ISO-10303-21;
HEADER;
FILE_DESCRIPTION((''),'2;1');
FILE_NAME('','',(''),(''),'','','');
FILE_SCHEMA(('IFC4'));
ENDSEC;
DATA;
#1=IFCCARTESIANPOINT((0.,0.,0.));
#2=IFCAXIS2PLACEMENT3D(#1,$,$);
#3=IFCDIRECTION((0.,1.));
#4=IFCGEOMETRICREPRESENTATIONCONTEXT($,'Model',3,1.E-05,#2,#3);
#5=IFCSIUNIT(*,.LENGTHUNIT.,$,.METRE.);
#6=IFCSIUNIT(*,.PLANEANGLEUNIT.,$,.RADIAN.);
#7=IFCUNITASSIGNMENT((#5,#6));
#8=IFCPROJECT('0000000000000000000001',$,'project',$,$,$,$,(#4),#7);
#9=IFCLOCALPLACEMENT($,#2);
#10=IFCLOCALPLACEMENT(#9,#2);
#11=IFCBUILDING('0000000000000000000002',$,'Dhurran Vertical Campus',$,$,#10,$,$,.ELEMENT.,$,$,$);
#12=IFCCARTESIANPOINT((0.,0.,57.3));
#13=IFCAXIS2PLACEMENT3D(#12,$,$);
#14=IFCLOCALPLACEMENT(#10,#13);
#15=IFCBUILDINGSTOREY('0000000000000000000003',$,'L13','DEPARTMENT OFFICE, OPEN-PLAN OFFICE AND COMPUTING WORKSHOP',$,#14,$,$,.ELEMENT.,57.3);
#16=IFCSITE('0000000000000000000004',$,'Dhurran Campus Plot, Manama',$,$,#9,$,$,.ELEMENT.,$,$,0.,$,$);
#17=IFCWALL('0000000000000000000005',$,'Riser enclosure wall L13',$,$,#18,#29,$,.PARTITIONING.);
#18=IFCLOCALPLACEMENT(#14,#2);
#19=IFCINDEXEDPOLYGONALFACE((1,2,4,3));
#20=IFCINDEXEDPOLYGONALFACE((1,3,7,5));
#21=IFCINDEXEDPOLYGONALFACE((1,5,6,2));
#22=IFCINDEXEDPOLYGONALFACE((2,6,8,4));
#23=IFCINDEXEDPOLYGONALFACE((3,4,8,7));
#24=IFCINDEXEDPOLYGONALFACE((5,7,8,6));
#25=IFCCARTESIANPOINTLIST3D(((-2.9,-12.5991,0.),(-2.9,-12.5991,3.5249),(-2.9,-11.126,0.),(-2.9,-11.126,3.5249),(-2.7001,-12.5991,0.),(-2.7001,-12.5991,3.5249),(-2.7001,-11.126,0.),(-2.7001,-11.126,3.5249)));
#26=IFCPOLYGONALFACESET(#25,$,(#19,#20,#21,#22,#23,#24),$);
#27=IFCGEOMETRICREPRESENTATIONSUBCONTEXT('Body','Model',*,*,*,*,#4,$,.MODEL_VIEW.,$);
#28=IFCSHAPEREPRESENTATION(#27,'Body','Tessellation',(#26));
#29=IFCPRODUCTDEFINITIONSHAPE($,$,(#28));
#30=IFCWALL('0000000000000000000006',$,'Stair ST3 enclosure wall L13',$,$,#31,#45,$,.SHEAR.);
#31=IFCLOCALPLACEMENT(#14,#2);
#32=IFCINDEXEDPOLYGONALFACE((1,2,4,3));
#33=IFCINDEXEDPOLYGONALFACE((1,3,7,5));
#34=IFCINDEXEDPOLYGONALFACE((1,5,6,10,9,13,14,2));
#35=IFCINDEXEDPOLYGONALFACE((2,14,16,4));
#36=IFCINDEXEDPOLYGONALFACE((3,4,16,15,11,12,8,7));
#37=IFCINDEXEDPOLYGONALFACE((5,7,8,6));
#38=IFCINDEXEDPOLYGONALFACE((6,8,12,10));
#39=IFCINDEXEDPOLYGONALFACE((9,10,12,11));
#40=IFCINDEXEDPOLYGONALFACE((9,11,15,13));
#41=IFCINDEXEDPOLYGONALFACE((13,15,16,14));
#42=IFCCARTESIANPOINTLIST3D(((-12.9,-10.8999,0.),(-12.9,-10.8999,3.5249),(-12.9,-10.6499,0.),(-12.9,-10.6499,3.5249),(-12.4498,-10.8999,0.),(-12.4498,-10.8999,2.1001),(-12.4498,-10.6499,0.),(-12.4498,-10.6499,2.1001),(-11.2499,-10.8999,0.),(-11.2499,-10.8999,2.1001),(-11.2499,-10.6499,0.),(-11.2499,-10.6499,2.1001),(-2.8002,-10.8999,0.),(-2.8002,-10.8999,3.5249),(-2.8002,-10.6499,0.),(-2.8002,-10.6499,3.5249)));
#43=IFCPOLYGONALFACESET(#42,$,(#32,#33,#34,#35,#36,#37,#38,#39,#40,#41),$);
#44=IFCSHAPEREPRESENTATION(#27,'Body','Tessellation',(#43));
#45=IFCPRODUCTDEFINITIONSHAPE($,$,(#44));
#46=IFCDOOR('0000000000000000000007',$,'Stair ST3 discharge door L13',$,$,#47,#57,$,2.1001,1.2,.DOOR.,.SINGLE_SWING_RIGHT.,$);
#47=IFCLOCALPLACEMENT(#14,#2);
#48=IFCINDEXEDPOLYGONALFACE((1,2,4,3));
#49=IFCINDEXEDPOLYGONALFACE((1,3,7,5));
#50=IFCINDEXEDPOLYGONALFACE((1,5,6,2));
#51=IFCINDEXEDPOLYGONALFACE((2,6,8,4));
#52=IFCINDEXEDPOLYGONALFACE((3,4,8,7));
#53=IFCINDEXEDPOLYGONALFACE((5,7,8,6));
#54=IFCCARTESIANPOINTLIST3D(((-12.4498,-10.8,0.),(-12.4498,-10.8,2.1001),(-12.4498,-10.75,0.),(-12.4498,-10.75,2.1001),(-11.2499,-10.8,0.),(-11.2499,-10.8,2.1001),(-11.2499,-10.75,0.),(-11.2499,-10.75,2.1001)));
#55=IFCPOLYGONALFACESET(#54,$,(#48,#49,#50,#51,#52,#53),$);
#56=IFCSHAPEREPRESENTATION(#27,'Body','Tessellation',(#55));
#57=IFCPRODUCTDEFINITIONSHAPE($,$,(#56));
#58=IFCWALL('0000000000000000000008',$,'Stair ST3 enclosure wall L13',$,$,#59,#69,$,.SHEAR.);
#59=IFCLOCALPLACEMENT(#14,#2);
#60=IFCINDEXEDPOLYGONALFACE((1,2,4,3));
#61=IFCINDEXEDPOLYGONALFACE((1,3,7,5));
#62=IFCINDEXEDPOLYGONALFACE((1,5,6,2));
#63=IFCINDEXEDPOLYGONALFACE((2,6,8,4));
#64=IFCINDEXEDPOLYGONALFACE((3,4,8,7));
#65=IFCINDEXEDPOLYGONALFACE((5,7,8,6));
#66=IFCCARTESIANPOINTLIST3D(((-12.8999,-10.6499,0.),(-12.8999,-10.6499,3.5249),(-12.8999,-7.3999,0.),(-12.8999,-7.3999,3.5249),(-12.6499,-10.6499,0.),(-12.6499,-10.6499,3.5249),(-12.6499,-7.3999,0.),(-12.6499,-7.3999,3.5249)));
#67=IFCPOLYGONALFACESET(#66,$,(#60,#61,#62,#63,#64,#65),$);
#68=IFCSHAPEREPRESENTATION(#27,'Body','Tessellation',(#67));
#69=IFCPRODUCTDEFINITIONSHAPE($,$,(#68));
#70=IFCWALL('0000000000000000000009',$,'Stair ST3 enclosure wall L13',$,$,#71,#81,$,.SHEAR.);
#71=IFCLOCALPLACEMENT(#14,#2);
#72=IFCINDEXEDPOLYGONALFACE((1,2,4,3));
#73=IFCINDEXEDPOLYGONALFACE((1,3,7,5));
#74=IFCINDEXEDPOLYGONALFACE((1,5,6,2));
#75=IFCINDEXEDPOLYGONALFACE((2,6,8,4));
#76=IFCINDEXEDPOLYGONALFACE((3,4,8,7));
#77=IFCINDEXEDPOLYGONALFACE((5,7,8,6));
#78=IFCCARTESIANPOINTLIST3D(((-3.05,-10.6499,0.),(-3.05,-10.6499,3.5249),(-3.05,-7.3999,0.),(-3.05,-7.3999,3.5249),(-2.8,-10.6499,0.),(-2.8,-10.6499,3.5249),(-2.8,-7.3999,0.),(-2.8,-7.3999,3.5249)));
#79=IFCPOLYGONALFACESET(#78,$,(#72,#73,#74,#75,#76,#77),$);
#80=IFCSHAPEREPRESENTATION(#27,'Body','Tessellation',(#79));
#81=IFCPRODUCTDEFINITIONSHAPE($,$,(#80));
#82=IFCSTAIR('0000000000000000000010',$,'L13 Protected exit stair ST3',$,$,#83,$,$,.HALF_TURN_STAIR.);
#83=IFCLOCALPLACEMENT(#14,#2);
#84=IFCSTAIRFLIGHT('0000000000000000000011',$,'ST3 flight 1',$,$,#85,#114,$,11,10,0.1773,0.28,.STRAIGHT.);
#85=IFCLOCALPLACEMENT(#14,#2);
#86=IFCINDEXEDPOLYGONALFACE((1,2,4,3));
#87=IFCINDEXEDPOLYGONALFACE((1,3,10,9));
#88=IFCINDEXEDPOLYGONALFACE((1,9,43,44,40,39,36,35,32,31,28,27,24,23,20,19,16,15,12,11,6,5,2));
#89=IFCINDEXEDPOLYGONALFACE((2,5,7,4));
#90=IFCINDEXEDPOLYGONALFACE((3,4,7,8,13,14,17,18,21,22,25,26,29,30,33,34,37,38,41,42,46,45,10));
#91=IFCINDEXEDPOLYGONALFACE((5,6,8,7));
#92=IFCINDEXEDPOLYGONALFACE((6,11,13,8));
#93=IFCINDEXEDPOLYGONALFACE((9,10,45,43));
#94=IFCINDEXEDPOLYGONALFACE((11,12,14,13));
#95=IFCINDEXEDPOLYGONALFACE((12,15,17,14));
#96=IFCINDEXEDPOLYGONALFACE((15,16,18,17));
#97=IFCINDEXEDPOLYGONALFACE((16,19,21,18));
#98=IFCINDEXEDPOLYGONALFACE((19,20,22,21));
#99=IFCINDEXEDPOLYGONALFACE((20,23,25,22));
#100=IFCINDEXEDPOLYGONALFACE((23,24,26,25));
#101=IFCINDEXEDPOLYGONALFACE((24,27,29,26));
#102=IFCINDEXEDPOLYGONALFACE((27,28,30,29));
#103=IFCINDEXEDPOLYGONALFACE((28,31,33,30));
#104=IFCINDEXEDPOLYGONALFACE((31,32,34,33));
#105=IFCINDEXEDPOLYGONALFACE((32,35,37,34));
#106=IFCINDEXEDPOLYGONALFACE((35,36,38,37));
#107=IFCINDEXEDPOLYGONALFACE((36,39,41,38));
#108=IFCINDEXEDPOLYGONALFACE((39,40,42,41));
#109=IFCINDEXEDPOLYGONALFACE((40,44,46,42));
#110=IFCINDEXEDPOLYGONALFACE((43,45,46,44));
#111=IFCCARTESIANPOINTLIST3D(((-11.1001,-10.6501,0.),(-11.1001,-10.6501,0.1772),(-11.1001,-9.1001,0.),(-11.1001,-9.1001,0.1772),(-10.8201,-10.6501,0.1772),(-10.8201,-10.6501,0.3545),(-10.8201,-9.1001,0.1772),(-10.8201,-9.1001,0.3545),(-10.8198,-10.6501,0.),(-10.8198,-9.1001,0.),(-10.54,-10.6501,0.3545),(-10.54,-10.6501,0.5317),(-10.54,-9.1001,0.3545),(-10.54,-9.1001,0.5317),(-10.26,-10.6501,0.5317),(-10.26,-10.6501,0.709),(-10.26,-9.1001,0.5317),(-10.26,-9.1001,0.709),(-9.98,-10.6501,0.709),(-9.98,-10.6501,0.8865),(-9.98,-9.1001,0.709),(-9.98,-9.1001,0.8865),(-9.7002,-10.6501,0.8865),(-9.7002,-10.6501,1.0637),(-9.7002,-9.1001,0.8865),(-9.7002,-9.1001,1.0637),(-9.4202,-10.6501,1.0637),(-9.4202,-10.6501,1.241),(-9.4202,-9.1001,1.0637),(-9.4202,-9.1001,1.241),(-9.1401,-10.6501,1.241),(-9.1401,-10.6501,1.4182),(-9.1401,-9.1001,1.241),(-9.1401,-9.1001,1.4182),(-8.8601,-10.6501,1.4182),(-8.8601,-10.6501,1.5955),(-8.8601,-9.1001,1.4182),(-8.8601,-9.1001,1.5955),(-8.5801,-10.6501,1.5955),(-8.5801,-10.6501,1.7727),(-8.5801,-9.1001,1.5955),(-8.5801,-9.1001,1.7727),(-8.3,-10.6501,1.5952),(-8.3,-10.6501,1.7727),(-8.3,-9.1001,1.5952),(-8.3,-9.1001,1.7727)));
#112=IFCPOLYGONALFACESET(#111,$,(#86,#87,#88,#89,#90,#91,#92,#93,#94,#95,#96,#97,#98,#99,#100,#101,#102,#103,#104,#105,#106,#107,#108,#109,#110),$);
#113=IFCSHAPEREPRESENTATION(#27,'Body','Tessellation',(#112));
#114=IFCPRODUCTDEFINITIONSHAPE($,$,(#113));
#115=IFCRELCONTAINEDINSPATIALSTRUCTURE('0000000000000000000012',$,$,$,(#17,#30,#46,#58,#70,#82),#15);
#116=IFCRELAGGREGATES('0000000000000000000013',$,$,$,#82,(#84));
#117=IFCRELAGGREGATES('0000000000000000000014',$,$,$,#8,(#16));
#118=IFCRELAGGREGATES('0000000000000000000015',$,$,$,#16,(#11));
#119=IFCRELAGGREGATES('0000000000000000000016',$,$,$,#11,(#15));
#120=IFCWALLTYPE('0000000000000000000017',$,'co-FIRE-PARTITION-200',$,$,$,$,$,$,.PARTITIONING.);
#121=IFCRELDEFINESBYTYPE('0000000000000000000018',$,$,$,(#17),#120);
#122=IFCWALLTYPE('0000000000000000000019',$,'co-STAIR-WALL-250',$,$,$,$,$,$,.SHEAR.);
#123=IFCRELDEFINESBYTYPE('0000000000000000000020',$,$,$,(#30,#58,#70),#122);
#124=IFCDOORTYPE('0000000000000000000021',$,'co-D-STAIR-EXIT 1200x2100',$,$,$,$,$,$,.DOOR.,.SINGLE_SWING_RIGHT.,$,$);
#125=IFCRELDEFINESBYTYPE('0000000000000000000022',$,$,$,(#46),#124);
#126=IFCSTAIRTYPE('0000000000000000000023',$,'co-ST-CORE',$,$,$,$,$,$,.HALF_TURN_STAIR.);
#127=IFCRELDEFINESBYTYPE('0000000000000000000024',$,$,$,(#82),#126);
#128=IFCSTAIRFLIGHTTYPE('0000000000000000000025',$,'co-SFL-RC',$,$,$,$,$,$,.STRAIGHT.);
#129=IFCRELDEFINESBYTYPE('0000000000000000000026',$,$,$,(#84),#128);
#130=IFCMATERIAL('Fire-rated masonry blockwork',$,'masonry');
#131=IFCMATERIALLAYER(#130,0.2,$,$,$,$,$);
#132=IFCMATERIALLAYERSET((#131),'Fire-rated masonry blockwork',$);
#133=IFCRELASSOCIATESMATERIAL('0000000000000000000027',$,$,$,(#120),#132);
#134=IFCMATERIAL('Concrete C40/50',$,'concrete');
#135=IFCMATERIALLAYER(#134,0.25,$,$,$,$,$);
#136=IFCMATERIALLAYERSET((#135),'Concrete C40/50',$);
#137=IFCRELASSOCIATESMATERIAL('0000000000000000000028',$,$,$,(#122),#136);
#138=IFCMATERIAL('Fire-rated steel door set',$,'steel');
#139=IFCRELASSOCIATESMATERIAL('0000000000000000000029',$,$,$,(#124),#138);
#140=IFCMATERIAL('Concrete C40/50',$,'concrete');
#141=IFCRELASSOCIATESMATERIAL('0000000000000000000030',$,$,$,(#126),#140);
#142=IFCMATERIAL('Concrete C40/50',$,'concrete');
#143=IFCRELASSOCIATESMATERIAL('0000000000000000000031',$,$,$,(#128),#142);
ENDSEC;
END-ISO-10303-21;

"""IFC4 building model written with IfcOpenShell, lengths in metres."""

from ifc_helpers import new_model, si_unit, direction, frame, frame_2d, origin, place, context, subcontext, project, spatial, polyline, rectangle, outline, extrude, material, layer, layer_set, type_object, element, fill, aggregate, save


model = new_model("IFC4")

# Units and contexts
model_context = context("Model", 3, precision=1e-05, world=origin(), true_north=direction((0.0, 1.0)))
body_context = subcontext(model_context, "Body", "Model", "MODEL_VIEW")
ifc_project = project(units=[si_unit("LENGTHUNIT", "METRE"), si_unit("PLANEANGLEUNIT", "RADIAN")], contexts=[model_context])

# Site, building, storey
site_placement = place(None, origin())
site = spatial("IfcSite", under=ifc_project, at=site_placement, Name="Dhurran Campus Plot, Manama", CompositionType="ELEMENT", RefElevation=0.0)
building_placement = place(site_placement, origin())
building = spatial("IfcBuilding", under=site, at=building_placement, Name="Dhurran Vertical Campus", CompositionType="ELEMENT")
storey_placement = place(building_placement, frame((0.0, 0.0, 57.3)))
storey = spatial("IfcBuildingStorey", under=building, at=storey_placement, Name="L13", Description="DEPARTMENT OFFICE, OPEN-PLAN OFFICE AND COMPUTING WORKSHOP", CompositionType="ELEMENT", Elevation=57.3)

# Shared definitions
ifc_material_1 = material(Name="Fire-rated masonry blockwork", Category="masonry")
ifc_layer_1 = layer(ifc_material_1, 0.2)
ifc_layer_set_1 = layer_set([ifc_layer_1], Name="Fire-rated masonry blockwork")
wall_type_1 = type_object("IfcWallType", Name="co-FIRE-PARTITION-200", PredefinedType="PARTITIONING", material=ifc_layer_set_1)

# Wall
wall_1_placement = place(storey_placement, frame((-2.8, -12.5991, 0.0), z_axis=(0.0, 0.0, 1.0), x_axis=(0.0, 1.0, 0.0)))
element("IfcWall", 1, at=wall_1_placement, inside=storey, type_object=wall_type_1, Name="Riser enclosure wall L13", PredefinedType="PARTITIONING", context=body_context, shape_type="SweptSolid", body=[
    extrude(rectangle(XDim=1.4731, YDim=0.2, at=frame_2d((0.7366, 0.0))), origin(), (0.0, 0.0, 1.0), 3.5249),
])

# Wall, opening, door
ifc_material_2 = material(Name="Concrete C40/50", Category="concrete")
ifc_layer_2 = layer(ifc_material_2, 0.25)
ifc_layer_set_2 = layer_set([ifc_layer_2], Name="Concrete C40/50")
wall_type_2 = type_object("IfcWallType", Name="co-STAIR-WALL-250", PredefinedType="SHEAR", material=ifc_layer_set_2)
wall_2_placement = place(storey_placement, frame((-12.8999, -10.7749, 0.0), z_axis=(0.0, 0.0, 1.0), x_axis=(1.0, 0.0, 0.0)))
wall_2 = element("IfcWall", 2, at=wall_2_placement, inside=storey, type_object=wall_type_2, Name="Stair ST3 enclosure wall L13", PredefinedType="SHEAR", context=body_context, shape_type="SweptSolid", body=[
    extrude(rectangle(XDim=10.0999, YDim=0.25, at=frame_2d((5.0498, 0.0))), origin(), (0.0, 0.0, 1.0), 3.5249),
])
opening_1_placement = place(wall_2_placement, frame((0.45, 0.0, 0.0)))
opening_1 = element("IfcOpeningElement", 3, at=opening_1_placement, cuts=wall_2, PredefinedType="OPENING", context=body_context, shape_type="SweptSolid", body=[
    extrude(rectangle(XDim=1.2, YDim=2.1001, at=frame_2d((0.6001, 1.05))), frame((0.0, 0.135, 0.0), z_axis=(0.0, -1.0, 0.0), x_axis=(1.0, 0.0, 0.0)), (0.0, 0.0, 1.0), 0.27),
])
ifc_material_3 = material(Name="Fire-rated steel door set", Category="steel")
door_type_1 = type_object("IfcDoorType", Name="co-D-STAIR-EXIT 1200x2100", OperationType="SINGLE_SWING_RIGHT", PredefinedType="DOOR", material=ifc_material_3)
door_1_placement = place(opening_1_placement, origin())
door_1 = element("IfcDoor", 4, at=door_1_placement, inside=storey, type_object=door_type_1, Name="Stair ST3 discharge door L13", OperationType="SINGLE_SWING_RIGHT", OverallHeight=2.1001, OverallWidth=1.2, PredefinedType="DOOR", context=body_context, shape_type="SweptSolid", body=[
    extrude(rectangle(XDim=1.2, YDim=2.1001, at=frame_2d((0.6001, 1.05))), frame((0.0, 0.0249, 0.0), z_axis=(0.0, -1.0, 0.0), x_axis=(1.0, 0.0, 0.0)), (0.0, 0.0, 1.0), 0.05),
])
fill(opening_1, door_1)

# Walls
for number, where, z_axis, x_axis, name in (
    (5, (-12.7749, -10.6499, 0.0), (0.0, 0.0, 1.0), (0.0, 1.0, 0.0), "Stair ST3 enclosure wall L13"),
    (6, (-2.925, -10.6499, 0.0), (0.0, 0.0, 1.0), (0.0, 1.0, 0.0), "Stair ST3 enclosure wall L13"),
):
    element("IfcWall", number, at=place(storey_placement, frame(where, z_axis=z_axis, x_axis=x_axis)), inside=storey, type_object=wall_type_2, Name=name, PredefinedType="SHEAR", context=body_context, shape_type="SweptSolid", body=[
        extrude(rectangle(XDim=3.25, YDim=0.25, at=frame_2d((1.625, 0.0))), origin(), (0.0, 0.0, 1.0), 3.5249),
    ])

# Stair, stair flight
ifc_material_4 = material(Name="Concrete C40/50", Category="concrete")
stair_type = type_object("IfcStairType", Name="co-ST-CORE", PredefinedType="HALF_TURN_STAIR", material=ifc_material_4)
stair_placement = place(storey_placement, origin())
stair = element("IfcStair", 7, at=stair_placement, inside=storey, type_object=stair_type, Name="L13 Protected exit stair ST3", PredefinedType="HALF_TURN_STAIR")
ifc_material_5 = material(Name="Concrete C40/50", Category="concrete")
stair_flight_type = type_object("IfcStairFlightType", Name="co-SFL-RC", PredefinedType="STRAIGHT", material=ifc_material_5)
stair_flight_placement = place(storey_placement, frame((-11.1001, -9.875, 0.0), z_axis=(0.0, 0.0, 1.0), x_axis=(1.0, 0.0, 0.0)))
stair_flight = element("IfcStairFlight", 8, at=stair_flight_placement, type_object=stair_flight_type, Name="ST3 flight 1", NumberOfRisers=11, NumberOfTreads=10, PredefinedType="STRAIGHT", RiserHeight=0.1773, TreadLength=0.28, context=body_context, shape_type="SweptSolid", body=[
    extrude(outline(polyline([(0.0, 0.0), (0.0, 0.1772), (0.28, 0.1772), (0.28, 0.3545), (0.5601, 0.3545), (0.5601, 0.5317), (0.8401, 0.5317), (0.8401, 0.709), (1.1201, 0.709), (1.1201, 0.8865), (1.3999, 0.8865), (1.3999, 1.0637), (1.6799, 1.0637), (1.6799, 1.241), (1.96, 1.241), (1.96, 1.4182), (2.24, 1.4182), (2.24, 1.5955), (2.52, 1.5955), (2.52, 1.7727), (2.8, 1.7727), (2.8, 1.95), (2.8, 1.5952), (0.2803, 0.0), (0.0, 0.0)])), frame((0.0, 0.7749, 0.0), z_axis=(0.0, -1.0, 0.0), x_axis=(1.0, 0.0, 0.0)), (0.0, 0.0, 1.0), 1.55),
])
aggregate(stair, [stair_flight])

save(model, "model.ifc")
